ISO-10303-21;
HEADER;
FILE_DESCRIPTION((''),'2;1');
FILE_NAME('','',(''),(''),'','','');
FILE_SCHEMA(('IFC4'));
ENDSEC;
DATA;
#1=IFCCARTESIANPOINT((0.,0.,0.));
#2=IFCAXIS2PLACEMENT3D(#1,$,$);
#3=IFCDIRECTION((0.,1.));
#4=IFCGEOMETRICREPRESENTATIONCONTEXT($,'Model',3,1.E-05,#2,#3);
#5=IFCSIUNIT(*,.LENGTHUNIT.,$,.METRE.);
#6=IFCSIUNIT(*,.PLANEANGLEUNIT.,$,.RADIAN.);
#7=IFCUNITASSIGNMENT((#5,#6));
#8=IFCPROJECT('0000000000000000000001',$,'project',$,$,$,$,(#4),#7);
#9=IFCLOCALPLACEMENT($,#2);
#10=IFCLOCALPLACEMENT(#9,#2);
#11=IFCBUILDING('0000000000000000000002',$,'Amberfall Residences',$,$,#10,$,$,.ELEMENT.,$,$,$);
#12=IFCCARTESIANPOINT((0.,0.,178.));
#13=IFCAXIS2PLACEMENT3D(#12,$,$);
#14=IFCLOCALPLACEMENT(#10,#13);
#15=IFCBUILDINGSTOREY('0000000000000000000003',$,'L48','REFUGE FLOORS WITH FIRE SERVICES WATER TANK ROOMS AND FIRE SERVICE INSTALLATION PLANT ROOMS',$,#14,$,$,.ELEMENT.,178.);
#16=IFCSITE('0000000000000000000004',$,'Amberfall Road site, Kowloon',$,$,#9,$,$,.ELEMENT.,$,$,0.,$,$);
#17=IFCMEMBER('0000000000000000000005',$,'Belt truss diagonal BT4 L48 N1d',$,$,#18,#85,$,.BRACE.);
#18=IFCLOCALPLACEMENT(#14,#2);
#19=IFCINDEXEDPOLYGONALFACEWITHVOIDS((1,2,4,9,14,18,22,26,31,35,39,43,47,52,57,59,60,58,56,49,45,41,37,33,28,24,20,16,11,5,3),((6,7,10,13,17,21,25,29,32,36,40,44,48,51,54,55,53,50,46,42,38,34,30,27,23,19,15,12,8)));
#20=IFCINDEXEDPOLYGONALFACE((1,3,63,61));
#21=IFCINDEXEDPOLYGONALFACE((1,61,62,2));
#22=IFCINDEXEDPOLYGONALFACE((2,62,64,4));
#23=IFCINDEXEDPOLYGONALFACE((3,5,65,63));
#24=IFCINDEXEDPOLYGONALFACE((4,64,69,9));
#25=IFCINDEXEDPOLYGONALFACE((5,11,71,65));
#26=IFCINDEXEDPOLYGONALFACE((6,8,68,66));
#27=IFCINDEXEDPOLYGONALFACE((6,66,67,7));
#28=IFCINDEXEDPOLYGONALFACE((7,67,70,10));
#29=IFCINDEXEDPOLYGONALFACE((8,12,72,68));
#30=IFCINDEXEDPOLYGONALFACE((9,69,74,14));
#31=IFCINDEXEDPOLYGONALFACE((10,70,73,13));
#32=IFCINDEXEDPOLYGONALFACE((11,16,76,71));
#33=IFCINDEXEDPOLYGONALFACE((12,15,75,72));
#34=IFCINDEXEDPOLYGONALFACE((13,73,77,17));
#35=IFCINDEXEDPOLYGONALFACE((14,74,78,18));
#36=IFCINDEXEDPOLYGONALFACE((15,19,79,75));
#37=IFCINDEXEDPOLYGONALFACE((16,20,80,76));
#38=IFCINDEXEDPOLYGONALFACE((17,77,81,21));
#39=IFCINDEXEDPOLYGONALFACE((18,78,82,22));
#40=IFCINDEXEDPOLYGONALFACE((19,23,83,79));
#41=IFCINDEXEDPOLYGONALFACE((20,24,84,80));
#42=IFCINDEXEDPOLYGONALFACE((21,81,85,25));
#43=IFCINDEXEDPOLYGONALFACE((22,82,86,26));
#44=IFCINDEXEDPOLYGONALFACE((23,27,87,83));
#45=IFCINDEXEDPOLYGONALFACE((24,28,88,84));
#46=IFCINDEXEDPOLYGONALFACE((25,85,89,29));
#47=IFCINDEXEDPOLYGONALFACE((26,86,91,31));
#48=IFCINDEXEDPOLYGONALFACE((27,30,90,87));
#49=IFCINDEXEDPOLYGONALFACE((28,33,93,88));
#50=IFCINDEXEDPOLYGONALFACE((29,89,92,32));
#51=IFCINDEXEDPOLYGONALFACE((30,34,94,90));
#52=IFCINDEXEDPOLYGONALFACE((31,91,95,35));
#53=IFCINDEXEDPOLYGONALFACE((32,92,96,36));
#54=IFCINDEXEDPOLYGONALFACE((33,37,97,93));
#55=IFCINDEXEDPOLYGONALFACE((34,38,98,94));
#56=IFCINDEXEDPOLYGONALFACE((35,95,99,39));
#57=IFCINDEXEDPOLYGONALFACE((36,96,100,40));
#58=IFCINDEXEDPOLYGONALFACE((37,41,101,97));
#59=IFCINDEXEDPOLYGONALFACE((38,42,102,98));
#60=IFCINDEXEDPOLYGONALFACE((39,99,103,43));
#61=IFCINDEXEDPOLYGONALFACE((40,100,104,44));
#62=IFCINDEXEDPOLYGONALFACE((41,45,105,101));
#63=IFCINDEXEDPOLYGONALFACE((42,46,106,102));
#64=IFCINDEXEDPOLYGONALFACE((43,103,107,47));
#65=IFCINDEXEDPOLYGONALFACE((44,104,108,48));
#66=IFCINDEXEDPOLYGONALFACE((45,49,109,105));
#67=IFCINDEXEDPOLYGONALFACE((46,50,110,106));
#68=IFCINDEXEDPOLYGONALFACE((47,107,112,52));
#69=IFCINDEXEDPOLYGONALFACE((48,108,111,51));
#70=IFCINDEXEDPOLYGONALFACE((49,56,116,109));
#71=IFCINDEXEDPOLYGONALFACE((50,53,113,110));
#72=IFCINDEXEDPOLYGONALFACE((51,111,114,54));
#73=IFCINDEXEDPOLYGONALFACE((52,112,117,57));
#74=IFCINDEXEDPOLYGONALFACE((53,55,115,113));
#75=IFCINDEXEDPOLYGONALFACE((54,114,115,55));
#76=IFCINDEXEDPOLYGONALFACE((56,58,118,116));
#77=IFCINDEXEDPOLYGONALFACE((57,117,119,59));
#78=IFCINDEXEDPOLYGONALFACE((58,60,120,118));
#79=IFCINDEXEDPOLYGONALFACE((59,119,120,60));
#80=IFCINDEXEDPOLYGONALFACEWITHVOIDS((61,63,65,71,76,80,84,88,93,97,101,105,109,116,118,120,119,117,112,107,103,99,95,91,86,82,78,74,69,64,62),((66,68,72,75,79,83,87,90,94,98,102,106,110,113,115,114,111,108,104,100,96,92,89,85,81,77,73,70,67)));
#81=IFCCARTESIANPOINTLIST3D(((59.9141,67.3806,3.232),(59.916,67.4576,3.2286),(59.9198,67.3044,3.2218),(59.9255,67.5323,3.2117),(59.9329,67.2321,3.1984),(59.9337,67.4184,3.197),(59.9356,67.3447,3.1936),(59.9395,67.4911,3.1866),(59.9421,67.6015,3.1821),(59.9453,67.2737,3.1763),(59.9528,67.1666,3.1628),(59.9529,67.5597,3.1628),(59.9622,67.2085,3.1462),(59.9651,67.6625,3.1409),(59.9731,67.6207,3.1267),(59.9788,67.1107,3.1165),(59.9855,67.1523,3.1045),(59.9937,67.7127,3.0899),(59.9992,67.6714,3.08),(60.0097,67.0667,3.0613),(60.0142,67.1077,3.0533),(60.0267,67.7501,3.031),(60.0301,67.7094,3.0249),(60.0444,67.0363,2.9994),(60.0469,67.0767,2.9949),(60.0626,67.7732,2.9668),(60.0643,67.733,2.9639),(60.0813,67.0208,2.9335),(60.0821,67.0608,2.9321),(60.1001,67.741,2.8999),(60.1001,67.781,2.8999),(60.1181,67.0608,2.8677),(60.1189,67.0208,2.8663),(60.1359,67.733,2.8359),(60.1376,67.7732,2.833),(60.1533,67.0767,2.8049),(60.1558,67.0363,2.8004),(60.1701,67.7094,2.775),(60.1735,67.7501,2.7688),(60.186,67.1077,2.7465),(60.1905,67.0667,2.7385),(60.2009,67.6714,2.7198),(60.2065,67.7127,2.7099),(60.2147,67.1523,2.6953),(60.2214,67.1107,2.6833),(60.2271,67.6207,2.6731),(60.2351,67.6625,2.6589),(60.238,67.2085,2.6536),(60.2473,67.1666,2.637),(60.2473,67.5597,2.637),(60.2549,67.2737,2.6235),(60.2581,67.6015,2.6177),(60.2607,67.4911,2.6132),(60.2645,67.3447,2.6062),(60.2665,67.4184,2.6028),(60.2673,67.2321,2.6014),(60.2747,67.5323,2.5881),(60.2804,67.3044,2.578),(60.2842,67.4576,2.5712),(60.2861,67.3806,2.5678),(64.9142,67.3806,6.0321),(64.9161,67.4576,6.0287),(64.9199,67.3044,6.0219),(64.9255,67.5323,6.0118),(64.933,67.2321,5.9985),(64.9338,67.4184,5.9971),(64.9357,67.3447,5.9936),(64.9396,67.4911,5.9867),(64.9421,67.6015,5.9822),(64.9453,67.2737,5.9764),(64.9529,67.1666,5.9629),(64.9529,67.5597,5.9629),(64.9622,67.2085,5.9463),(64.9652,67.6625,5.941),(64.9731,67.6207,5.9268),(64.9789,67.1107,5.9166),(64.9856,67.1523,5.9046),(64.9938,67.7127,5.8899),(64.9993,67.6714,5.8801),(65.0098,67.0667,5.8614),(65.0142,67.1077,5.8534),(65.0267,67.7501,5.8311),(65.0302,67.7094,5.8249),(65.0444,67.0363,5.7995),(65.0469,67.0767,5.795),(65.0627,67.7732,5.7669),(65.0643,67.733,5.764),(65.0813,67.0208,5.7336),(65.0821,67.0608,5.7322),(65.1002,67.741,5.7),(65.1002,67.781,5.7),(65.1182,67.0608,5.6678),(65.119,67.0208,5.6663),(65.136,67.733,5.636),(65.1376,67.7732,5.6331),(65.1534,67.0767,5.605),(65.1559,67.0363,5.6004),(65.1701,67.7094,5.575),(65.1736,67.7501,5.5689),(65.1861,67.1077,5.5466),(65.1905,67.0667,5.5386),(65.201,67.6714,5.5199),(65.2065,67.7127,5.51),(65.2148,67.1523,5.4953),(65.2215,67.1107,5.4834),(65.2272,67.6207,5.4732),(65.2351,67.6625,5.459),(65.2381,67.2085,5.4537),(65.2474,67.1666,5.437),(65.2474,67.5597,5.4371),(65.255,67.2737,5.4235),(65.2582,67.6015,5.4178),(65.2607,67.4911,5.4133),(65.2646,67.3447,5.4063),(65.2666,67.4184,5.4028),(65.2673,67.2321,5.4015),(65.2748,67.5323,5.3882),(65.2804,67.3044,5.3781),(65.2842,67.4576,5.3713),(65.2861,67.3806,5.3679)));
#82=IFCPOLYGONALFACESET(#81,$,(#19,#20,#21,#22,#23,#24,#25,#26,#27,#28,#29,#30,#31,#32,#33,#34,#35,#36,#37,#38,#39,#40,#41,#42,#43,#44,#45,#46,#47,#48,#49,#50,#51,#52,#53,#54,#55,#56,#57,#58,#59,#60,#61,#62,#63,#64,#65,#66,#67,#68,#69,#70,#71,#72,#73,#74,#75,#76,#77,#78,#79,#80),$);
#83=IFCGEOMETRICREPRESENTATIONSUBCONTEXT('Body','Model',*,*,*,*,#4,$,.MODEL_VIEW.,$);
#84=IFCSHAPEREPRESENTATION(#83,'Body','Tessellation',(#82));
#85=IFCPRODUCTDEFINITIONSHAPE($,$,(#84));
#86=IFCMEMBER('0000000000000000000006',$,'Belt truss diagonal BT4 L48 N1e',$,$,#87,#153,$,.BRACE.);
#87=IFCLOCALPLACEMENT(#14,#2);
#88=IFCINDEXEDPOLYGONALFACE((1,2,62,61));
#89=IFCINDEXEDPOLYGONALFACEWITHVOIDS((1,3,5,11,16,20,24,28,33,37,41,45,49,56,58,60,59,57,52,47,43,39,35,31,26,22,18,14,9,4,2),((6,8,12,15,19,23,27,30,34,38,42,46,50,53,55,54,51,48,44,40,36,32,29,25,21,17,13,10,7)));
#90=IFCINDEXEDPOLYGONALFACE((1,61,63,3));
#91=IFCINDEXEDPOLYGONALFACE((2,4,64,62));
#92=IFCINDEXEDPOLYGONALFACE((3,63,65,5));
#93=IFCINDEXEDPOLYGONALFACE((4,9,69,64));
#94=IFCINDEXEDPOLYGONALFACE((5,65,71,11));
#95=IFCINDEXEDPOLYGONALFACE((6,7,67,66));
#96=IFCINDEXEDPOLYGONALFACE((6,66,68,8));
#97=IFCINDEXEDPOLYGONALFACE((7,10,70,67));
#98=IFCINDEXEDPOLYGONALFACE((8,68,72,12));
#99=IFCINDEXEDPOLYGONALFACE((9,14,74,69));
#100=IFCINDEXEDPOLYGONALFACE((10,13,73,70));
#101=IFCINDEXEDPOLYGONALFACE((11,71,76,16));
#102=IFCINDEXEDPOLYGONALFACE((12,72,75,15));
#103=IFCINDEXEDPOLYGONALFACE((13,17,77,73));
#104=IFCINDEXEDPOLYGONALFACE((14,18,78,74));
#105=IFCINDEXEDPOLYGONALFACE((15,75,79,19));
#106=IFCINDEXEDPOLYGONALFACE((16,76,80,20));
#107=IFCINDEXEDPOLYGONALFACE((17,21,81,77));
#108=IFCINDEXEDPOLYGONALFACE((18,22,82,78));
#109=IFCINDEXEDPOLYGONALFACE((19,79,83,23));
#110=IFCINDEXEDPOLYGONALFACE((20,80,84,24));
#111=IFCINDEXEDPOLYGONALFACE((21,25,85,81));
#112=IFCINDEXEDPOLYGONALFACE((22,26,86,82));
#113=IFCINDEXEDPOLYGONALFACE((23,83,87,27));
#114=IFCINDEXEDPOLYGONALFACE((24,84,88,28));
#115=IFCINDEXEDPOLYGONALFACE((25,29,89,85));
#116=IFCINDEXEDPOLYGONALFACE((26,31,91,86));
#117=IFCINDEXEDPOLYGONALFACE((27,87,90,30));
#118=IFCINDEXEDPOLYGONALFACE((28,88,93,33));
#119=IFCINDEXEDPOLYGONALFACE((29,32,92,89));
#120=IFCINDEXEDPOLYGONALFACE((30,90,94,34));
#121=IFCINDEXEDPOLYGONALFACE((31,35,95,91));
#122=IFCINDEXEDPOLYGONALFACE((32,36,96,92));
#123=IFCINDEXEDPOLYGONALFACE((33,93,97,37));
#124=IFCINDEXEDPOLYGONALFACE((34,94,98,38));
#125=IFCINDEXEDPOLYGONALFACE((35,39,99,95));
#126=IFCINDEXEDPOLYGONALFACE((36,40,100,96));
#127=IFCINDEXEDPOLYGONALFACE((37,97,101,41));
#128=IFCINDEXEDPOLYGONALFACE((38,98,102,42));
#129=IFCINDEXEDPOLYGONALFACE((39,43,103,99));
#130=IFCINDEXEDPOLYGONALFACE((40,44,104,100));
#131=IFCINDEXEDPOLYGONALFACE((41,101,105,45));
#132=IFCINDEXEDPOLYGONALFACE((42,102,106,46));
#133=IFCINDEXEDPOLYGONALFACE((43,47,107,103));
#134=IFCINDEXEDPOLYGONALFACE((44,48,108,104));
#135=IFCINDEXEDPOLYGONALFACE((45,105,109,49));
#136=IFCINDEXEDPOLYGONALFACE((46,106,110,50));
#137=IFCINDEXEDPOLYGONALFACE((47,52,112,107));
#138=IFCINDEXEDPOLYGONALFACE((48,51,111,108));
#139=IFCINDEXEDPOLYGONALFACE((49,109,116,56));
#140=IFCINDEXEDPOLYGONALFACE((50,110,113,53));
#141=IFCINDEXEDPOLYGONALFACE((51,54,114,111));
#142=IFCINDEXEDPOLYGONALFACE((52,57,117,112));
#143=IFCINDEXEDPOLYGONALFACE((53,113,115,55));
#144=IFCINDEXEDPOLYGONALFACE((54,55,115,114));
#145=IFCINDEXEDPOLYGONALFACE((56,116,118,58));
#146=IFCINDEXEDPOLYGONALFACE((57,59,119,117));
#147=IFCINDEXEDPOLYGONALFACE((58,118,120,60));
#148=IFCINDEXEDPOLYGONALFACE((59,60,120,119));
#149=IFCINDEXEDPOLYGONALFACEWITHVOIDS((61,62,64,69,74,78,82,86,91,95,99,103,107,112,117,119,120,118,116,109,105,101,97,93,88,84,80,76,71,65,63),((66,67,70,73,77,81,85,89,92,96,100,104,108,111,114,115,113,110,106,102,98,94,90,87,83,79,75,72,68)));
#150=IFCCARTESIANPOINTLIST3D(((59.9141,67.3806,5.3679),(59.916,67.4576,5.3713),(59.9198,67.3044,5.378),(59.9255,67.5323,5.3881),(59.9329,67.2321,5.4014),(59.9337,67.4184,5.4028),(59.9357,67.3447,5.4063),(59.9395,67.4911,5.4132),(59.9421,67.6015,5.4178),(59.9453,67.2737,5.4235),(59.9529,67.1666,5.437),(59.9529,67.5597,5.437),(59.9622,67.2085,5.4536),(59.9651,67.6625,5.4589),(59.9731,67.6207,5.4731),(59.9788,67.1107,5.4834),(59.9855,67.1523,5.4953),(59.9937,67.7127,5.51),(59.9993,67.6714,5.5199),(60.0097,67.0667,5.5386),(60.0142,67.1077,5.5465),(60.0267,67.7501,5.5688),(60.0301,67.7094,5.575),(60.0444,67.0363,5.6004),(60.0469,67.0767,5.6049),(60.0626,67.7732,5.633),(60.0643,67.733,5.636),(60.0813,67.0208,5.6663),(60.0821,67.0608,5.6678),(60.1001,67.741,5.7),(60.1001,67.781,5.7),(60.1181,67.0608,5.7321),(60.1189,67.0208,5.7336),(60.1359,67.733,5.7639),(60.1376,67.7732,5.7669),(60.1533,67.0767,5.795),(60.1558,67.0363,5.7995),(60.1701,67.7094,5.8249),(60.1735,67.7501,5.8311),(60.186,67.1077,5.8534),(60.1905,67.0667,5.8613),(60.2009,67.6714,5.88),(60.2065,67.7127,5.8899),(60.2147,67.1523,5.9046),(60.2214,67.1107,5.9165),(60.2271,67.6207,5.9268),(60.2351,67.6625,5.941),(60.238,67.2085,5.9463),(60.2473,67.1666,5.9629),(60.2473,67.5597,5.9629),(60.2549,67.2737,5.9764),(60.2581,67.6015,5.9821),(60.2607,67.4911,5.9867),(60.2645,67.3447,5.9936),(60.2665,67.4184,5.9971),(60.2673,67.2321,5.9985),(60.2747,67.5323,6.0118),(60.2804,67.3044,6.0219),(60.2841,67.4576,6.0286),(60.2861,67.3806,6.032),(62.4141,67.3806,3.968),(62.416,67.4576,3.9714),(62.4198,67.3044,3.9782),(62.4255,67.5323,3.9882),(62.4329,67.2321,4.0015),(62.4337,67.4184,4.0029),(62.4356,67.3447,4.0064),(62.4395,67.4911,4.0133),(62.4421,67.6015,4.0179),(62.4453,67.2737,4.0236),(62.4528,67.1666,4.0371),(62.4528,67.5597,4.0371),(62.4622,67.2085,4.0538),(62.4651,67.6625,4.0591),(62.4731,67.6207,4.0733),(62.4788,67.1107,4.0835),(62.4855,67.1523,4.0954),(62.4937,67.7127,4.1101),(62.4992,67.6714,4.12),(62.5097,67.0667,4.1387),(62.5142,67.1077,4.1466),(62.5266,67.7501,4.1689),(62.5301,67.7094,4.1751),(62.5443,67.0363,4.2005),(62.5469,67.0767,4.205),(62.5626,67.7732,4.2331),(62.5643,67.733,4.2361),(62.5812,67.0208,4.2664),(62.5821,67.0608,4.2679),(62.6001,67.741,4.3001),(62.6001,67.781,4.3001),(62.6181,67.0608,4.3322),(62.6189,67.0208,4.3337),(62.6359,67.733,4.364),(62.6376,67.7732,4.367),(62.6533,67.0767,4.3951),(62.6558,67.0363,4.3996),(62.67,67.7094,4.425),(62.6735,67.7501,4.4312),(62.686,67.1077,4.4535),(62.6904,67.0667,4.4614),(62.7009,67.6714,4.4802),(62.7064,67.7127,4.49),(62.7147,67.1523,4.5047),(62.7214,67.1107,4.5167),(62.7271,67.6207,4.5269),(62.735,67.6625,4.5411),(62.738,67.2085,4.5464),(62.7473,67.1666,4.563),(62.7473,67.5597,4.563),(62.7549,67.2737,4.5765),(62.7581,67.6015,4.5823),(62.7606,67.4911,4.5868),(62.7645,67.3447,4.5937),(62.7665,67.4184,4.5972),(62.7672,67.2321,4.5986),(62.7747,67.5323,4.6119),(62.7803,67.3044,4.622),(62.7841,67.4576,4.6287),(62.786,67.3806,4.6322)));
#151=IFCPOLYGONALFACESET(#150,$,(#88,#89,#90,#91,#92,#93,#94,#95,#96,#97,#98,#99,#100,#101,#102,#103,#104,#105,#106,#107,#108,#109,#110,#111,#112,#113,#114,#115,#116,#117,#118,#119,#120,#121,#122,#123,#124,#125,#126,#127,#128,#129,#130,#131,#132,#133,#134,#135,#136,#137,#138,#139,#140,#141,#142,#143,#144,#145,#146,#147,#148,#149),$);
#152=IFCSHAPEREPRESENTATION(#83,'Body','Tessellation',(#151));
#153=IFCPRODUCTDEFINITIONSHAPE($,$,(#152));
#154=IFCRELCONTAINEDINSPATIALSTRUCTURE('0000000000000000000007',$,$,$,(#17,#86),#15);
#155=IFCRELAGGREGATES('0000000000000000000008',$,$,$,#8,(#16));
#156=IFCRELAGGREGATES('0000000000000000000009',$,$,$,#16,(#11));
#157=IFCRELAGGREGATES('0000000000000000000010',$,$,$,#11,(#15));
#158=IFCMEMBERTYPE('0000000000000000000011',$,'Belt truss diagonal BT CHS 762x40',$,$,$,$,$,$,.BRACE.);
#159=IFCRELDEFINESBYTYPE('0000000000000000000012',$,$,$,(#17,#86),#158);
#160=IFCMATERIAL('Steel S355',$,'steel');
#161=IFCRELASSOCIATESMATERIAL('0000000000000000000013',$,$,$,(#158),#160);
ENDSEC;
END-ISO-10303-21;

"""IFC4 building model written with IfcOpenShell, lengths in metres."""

from ifc_helpers import new_model, si_unit, direction, frame, origin, origin_2d, place, context, subcontext, project, spatial, hollow_circle, extrude, material, material_profile, profile_set, type_object, element, save


model = new_model("IFC4")

# Units and contexts
model_context = context("Model", 3, precision=1e-05, world=origin(), true_north=direction((0.0, 1.0)))
body_context = subcontext(model_context, "Body", "Model", "MODEL_VIEW")
ifc_project = project(units=[si_unit("LENGTHUNIT", "METRE"), si_unit("PLANEANGLEUNIT", "RADIAN")], contexts=[model_context])

# Site, building, storey
site_placement = place(None, origin())
site = spatial("IfcSite", under=ifc_project, at=site_placement, Name="Amberfall Road site, Kowloon", CompositionType="ELEMENT", RefElevation=0.0)
building_placement = place(site_placement, origin())
building = spatial("IfcBuilding", under=site, at=building_placement, Name="Amberfall Residences", CompositionType="ELEMENT")
storey_placement = place(building_placement, frame((0.0, 0.0, 178.0)))
storey = spatial("IfcBuildingStorey", under=building, at=storey_placement, Name="L48", Description="REFUGE FLOORS WITH FIRE SERVICES WATER TANK ROOMS AND FIRE SERVICE INSTALLATION PLANT ROOMS", CompositionType="ELEMENT", Elevation=178.0)

# Shared definitions
ifc_material_1 = material(Name="Steel S355", Category="steel")

# Members
ifc_material_profile_1 = material_profile(ifc_material_1, hollow_circle(Radius=0.3811, WallThickness=0.04, at=origin_2d()), Name="CHS 762x40")
ifc_profile_set_1 = profile_set([ifc_material_profile_1], Name="Steel S355")
member_type = type_object("IfcMemberType", Name="Belt truss diagonal BT CHS 762x40", PredefinedType="BRACE", material=ifc_profile_set_1)
member_1_placement = place(storey_placement, frame((60.1001, 67.3999, 2.8999), z_axis=(0.872502, 0.0, 0.48861), x_axis=(0.0, 1.0, 0.0)))
element("IfcMember", 1, at=member_1_placement, inside=storey, type_object=member_type, Name="Belt truss diagonal BT4 L48 N1d", PredefinedType="BRACE", context=body_context, shape_type="SweptSolid", body=[
    extrude(hollow_circle(Radius=0.3811, WallThickness=0.04, at=origin_2d()), origin(), (0.0, 0.0, 1.0), 5.7307),
])
member_2_placement = place(storey_placement, frame((60.1001, 67.3999, 5.7), z_axis=(0.872521, 0.0, -0.488577), x_axis=(0.0, 1.0, 0.0)))
element("IfcMember", 2, at=member_2_placement, inside=storey, type_object=member_type, Name="Belt truss diagonal BT4 L48 N1e", PredefinedType="BRACE", context=body_context, shape_type="SweptSolid", body=[
    extrude(hollow_circle(Radius=0.3811, WallThickness=0.04, at=origin_2d()), origin(), (0.0, 0.0, 1.0), 2.8652),
])

save(model, "model.ifc")
